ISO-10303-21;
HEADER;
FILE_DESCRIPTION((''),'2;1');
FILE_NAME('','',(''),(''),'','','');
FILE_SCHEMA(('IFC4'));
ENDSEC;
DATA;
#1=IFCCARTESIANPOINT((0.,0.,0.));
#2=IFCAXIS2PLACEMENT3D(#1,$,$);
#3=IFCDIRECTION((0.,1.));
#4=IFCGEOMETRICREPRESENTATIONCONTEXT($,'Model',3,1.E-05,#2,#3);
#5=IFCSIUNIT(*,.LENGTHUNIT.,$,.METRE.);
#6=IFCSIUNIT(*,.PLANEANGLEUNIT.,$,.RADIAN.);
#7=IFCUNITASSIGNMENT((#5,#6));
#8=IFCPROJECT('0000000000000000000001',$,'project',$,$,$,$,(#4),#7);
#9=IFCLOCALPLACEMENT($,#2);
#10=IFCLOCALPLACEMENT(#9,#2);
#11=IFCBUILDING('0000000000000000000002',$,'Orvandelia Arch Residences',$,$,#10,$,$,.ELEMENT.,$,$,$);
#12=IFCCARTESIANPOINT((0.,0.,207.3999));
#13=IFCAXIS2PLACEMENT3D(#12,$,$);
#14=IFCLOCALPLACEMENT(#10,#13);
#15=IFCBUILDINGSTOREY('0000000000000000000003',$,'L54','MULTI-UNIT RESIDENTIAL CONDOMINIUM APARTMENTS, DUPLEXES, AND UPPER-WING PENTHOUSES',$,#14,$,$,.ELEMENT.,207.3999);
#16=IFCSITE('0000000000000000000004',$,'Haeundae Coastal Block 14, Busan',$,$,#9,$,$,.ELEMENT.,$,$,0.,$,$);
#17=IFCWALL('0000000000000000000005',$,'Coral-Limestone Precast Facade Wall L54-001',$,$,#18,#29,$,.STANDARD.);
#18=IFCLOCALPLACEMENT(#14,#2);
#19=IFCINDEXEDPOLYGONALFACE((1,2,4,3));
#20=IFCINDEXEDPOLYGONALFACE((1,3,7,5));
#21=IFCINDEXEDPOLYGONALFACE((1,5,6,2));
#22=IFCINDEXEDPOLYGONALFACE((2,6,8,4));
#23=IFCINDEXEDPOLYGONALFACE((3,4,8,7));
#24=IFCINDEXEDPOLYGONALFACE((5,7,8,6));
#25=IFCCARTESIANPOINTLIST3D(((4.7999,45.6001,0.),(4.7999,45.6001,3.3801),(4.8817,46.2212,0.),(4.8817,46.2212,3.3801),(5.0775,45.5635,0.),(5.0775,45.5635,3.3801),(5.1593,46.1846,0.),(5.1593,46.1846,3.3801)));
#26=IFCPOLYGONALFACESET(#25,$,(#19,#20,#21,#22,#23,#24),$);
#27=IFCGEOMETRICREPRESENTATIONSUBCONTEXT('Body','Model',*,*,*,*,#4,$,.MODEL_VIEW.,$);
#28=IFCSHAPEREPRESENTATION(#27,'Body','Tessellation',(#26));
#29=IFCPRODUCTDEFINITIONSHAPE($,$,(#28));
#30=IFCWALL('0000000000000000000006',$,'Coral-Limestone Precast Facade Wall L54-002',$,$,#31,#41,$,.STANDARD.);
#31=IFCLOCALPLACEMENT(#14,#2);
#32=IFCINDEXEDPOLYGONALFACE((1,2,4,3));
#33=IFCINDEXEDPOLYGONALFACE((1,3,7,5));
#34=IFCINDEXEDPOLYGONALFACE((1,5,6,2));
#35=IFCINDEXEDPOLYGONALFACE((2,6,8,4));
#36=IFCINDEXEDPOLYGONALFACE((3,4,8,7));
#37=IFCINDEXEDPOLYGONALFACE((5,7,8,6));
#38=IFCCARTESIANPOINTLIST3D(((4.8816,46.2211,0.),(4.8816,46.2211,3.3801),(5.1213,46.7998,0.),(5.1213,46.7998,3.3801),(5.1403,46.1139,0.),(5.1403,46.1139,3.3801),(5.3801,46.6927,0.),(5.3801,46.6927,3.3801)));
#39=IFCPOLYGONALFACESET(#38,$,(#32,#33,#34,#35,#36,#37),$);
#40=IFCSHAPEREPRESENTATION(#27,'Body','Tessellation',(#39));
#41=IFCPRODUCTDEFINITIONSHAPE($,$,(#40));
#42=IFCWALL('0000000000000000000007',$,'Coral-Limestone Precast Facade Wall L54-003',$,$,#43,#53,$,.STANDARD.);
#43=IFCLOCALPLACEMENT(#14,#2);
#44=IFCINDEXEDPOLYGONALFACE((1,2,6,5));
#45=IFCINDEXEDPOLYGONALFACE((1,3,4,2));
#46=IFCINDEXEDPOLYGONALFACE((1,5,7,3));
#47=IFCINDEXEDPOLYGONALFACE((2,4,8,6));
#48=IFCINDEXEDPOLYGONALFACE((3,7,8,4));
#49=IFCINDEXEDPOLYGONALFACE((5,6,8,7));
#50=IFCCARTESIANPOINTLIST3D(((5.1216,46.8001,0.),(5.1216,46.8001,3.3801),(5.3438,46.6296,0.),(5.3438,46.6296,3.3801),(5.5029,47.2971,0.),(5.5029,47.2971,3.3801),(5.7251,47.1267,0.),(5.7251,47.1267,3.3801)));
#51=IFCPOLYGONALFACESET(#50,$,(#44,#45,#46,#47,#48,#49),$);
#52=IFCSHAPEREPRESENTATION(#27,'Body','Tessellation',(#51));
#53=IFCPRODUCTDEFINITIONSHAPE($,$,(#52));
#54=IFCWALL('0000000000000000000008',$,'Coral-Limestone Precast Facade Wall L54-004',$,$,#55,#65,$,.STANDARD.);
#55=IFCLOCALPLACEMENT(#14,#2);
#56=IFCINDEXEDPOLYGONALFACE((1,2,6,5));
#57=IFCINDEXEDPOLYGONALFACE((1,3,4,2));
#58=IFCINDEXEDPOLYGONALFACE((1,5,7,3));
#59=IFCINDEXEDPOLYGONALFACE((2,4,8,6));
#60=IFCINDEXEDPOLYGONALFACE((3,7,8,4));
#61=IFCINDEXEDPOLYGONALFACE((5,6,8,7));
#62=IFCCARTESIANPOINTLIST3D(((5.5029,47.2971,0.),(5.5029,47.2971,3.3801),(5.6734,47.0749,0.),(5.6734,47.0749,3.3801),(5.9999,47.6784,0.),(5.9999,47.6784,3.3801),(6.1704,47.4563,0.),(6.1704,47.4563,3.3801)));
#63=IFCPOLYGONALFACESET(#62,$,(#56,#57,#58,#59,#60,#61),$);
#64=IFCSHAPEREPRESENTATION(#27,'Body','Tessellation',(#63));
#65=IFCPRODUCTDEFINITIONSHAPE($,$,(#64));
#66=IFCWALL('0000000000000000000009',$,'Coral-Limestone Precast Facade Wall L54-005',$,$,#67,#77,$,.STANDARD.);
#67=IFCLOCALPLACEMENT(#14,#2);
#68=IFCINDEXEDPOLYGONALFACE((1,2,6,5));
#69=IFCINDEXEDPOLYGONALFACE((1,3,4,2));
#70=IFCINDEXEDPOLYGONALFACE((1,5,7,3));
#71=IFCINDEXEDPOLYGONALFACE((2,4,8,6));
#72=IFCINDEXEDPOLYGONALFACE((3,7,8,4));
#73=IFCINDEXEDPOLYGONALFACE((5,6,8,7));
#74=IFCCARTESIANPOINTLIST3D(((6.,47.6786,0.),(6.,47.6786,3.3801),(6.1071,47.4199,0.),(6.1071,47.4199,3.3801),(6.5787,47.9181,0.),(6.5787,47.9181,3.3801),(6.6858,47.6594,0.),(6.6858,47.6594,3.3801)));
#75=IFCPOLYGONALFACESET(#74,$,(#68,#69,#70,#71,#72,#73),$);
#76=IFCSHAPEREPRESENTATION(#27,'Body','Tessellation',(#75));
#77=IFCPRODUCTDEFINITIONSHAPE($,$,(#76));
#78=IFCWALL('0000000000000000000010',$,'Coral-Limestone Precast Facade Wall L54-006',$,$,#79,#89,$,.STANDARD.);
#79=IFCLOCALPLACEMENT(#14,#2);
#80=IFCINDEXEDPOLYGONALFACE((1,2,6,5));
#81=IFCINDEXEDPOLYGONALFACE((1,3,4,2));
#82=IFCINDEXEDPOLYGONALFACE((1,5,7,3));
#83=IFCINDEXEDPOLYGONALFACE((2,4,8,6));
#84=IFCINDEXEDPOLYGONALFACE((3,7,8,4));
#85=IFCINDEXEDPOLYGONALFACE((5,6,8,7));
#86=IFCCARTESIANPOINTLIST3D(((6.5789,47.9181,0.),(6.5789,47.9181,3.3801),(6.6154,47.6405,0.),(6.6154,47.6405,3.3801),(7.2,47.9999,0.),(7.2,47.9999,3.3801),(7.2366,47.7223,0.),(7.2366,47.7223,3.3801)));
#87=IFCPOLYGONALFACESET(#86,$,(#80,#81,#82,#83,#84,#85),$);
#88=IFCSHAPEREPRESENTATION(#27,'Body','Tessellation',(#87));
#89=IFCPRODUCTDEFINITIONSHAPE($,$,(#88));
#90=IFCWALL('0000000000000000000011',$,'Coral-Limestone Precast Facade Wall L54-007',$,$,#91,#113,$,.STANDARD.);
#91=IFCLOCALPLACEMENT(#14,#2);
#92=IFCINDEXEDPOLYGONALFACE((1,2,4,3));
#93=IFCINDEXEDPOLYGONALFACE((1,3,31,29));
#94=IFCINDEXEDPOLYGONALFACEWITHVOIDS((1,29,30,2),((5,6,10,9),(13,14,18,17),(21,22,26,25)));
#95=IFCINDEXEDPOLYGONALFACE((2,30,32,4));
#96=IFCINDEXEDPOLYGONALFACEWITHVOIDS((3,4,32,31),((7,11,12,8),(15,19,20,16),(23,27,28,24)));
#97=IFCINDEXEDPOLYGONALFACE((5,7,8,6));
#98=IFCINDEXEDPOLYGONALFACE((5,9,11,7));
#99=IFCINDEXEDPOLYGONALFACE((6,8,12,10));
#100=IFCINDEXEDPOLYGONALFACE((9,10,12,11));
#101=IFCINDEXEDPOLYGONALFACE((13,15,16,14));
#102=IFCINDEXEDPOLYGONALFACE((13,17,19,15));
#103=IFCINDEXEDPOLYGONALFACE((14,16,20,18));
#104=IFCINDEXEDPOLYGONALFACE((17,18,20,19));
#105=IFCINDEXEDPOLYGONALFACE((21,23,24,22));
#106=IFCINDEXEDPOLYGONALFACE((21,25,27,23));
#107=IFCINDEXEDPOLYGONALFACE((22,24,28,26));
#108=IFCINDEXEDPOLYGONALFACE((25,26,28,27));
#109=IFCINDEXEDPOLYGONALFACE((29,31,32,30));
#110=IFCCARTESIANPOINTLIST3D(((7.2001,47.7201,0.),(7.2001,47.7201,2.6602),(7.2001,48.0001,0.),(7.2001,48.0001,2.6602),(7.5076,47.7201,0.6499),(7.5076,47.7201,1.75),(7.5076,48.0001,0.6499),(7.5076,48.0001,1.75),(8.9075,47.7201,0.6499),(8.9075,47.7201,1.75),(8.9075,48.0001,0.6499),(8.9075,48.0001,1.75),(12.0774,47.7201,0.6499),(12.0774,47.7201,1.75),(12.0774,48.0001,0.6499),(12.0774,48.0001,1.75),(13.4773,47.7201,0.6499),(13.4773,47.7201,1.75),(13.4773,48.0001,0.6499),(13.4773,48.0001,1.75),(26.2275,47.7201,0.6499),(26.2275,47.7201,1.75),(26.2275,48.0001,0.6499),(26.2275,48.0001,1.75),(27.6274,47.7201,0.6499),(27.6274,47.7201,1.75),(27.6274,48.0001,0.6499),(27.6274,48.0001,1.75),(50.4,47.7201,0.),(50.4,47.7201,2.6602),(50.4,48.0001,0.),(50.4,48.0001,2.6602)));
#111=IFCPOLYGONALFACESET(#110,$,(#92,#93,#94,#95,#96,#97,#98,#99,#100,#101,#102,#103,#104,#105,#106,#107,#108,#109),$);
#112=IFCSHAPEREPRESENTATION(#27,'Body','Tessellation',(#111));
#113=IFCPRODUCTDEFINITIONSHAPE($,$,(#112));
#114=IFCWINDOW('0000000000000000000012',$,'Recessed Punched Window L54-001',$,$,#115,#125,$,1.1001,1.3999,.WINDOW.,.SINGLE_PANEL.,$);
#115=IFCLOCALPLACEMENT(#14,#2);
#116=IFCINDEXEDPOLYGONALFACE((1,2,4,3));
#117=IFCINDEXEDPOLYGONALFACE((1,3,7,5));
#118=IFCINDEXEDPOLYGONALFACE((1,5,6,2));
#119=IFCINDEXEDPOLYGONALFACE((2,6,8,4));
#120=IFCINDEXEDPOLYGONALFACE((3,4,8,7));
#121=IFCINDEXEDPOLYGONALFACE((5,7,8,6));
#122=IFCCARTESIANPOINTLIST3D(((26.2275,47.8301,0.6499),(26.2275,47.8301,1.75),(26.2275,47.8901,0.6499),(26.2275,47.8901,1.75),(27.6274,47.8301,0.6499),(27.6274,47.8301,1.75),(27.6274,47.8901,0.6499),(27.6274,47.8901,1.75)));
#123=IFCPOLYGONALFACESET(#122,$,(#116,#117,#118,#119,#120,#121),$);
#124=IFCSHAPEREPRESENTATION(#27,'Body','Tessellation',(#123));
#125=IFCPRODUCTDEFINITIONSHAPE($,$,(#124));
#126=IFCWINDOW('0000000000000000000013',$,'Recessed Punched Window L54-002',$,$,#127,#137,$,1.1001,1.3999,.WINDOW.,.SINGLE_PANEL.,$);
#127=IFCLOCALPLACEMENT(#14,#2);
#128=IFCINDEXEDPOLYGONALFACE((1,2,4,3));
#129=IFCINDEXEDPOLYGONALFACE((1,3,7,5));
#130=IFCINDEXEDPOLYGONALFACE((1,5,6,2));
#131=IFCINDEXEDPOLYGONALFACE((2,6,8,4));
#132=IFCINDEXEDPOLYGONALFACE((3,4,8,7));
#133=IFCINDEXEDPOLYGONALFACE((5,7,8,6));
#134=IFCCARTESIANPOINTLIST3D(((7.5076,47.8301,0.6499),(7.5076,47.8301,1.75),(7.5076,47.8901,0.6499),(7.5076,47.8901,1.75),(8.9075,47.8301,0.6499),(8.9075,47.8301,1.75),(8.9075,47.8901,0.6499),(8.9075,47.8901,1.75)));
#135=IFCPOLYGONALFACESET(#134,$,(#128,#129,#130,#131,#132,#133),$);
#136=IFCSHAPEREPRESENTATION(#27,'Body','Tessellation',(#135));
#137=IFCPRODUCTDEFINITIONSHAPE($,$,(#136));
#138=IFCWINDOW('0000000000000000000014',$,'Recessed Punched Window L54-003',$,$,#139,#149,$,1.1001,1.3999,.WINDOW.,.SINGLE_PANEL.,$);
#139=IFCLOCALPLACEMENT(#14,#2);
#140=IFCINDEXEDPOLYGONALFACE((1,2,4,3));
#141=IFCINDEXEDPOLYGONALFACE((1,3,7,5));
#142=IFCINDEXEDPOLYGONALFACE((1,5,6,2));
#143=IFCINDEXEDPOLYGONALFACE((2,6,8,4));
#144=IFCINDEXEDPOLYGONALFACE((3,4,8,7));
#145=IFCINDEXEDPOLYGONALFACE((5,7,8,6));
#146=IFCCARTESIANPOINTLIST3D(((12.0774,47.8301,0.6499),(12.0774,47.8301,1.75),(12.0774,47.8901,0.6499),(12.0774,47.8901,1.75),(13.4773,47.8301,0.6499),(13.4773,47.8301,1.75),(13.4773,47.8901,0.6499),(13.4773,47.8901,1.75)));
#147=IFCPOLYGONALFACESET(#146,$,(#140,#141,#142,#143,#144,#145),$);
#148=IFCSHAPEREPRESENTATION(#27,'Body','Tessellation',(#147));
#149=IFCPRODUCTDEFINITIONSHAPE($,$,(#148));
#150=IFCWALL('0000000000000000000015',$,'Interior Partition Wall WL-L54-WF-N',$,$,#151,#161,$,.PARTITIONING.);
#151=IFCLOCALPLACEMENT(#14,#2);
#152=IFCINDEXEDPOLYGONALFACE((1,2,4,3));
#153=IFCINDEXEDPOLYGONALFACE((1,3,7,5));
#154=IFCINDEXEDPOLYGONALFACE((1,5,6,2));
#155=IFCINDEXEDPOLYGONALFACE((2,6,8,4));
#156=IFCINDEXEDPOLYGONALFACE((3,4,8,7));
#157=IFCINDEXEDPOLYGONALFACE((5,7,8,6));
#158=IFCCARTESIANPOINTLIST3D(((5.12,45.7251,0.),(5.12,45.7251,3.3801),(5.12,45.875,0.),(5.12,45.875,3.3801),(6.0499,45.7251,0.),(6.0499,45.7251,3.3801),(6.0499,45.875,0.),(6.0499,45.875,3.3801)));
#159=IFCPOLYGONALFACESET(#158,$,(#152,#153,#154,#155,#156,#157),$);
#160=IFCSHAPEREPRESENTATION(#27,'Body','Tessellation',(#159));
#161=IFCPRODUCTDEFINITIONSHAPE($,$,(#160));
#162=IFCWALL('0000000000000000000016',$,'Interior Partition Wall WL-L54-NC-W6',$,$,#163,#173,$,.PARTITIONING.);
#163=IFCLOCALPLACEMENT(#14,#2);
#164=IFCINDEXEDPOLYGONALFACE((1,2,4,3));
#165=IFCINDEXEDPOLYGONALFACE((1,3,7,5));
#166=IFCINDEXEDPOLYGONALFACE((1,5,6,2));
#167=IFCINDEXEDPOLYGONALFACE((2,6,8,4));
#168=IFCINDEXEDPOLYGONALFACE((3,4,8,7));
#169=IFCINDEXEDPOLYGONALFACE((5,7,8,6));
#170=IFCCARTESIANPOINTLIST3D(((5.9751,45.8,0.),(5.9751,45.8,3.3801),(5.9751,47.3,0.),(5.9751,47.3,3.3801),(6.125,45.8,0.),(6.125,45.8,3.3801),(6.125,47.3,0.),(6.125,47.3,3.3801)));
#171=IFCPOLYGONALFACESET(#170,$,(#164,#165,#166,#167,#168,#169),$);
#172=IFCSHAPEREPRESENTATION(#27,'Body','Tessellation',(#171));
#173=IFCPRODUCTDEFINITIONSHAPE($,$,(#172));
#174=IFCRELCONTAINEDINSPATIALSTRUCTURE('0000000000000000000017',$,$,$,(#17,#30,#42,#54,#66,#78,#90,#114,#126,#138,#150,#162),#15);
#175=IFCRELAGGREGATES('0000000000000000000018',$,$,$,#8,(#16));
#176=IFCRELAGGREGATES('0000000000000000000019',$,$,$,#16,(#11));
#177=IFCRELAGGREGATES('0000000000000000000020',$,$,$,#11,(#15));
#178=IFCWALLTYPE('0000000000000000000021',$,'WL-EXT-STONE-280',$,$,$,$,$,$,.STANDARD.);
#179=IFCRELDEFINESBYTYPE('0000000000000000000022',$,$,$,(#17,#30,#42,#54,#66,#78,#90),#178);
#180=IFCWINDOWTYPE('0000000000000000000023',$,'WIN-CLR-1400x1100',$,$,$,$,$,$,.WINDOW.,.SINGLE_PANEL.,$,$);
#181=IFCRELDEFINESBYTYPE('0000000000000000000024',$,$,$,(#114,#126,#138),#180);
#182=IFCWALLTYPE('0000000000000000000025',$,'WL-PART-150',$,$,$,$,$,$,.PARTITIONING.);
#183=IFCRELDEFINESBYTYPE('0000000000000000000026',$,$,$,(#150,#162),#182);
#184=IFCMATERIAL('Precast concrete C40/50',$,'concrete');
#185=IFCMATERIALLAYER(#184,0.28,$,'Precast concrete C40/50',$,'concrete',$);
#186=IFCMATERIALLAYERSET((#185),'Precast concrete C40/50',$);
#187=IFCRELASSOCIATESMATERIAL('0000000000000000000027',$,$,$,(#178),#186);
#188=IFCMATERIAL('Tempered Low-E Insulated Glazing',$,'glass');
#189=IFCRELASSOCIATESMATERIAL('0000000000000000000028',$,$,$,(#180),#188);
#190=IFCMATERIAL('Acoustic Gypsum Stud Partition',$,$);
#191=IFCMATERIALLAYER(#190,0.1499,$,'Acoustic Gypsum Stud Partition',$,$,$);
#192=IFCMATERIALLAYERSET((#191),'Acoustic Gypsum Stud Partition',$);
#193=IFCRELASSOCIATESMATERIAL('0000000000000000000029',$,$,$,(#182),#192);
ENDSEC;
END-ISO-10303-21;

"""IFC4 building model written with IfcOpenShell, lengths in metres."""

from ifc_helpers import new_model, si_unit, direction, frame, frame_2d, origin, place, context, subcontext, project, spatial, rectangle, extrude, material, layer, layer_set, type_object, element, fill, save


model = new_model("IFC4")

# Units and contexts
model_context = context("Model", 3, precision=1e-05, world=origin(), true_north=direction((0.0, 1.0)))
body_context = subcontext(model_context, "Body", "Model", "MODEL_VIEW")
ifc_project = project(units=[si_unit("LENGTHUNIT", "METRE"), si_unit("PLANEANGLEUNIT", "RADIAN")], contexts=[model_context])

# Site, building, storey
site_placement = place(None, origin())
site = spatial("IfcSite", under=ifc_project, at=site_placement, Name="Haeundae Coastal Block 14, Busan", CompositionType="ELEMENT", RefElevation=0.0)
building_placement = place(site_placement, origin())
building = spatial("IfcBuilding", under=site, at=building_placement, Name="Orvandelia Arch Residences", CompositionType="ELEMENT")
storey_placement = place(building_placement, frame((0.0, 0.0, 207.3999)))
storey = spatial("IfcBuildingStorey", under=building, at=storey_placement, Name="L54", Description="MULTI-UNIT RESIDENTIAL CONDOMINIUM APARTMENTS, DUPLEXES, AND UPPER-WING PENTHOUSES", CompositionType="ELEMENT", Elevation=207.3999)

# Walls
ifc_material_1 = material(Name="Precast concrete C40/50", Category="concrete")
ifc_layer_1 = layer(ifc_material_1, 0.28, Name="Precast concrete C40/50", Category="concrete")
ifc_layer_set_1 = layer_set([ifc_layer_1], Name="Precast concrete C40/50")
wall_type_1 = type_object("IfcWallType", Name="WL-EXT-STONE-280", PredefinedType="STANDARD", material=ifc_layer_set_1)
for number, where, z_axis, x_axis, name in (
    (1, (4.9387, 45.5818, 0.0), (0.0, 0.0, 1.0), (0.130555, 0.991441, 0.0), "Coral-Limestone Precast Facade Wall L54-001"),
    (2, (5.011, 46.1675, 0.0), (0.0, 0.0, 1.0), (0.38265, 0.923893, 0.0), "Coral-Limestone Precast Facade Wall L54-002"),
    (3, (5.2327, 46.7148, 0.0), (0.0, 0.0, 1.0), (0.608693, 0.793406, 0.0), "Coral-Limestone Precast Facade Wall L54-003"),
    (4, (5.5881, 47.186, 0.0), (0.0, 0.0, 1.0), (0.793406, 0.608693, 0.0), "Coral-Limestone Precast Facade Wall L54-004"),
):
    element("IfcWall", number, at=place(storey_placement, frame(where, z_axis=z_axis, x_axis=x_axis)), inside=storey, type_object=wall_type_1, Name=name, PredefinedType="STANDARD", context=body_context, shape_type="SweptSolid", body=[
        extrude(rectangle(XDim=0.6265, YDim=0.28, at=frame_2d((0.3132, 0.0))), origin(), (0.0, 0.0, 1.0), 3.3801),
    ])
wall_1_placement = place(storey_placement, frame((6.0537, 47.5493, 0.0), z_axis=(0.0, 0.0, 1.0), x_axis=(0.923974, 0.382455, 0.0)))
element("IfcWall", 5, at=wall_1_placement, inside=storey, type_object=wall_type_1, Name="Coral-Limestone Precast Facade Wall L54-005", PredefinedType="STANDARD", context=body_context, shape_type="SweptSolid", body=[
    extrude(rectangle(XDim=0.6262, YDim=0.28, at=frame_2d((0.313, 0.0))), origin(), (0.0, 0.0, 1.0), 3.3801),
])
wall_2_placement = place(storey_placement, frame((6.5972, 47.7793, 0.0), z_axis=(0.0, 0.0, 1.0), x_axis=(0.991441, 0.130555, 0.0)))
element("IfcWall", 6, at=wall_2_placement, inside=storey, type_object=wall_type_1, Name="Coral-Limestone Precast Facade Wall L54-006", PredefinedType="STANDARD", context=body_context, shape_type="SweptSolid", body=[
    extrude(rectangle(XDim=0.6265, YDim=0.28, at=frame_2d((0.3132, 0.0))), origin(), (0.0, 0.0, 1.0), 3.3801),
])

# Wall, openings, windows
wall_3_placement = place(storey_placement, frame((7.2, 47.8601, 0.0), z_axis=(0.0, 0.0, 1.0), x_axis=(1.0, 0.0, 0.0)))
wall_3 = element("IfcWall", 7, at=wall_3_placement, inside=storey, type_object=wall_type_1, Name="Coral-Limestone Precast Facade Wall L54-007", PredefinedType="STANDARD", context=body_context, shape_type="SweptSolid", body=[
    extrude(rectangle(XDim=43.2, YDim=0.28, at=frame_2d((21.6001, 0.0))), origin(), (0.0, 0.0, 1.0), 2.6602),
])
opening_1_placement = place(wall_3_placement, frame((19.0276, 0.0, 0.6499)))
opening_1 = element("IfcOpeningElement", 8, at=opening_1_placement, cuts=wall_3, PredefinedType="OPENING", context=body_context, shape_type="SweptSolid", body=[
    extrude(rectangle(XDim=1.3999, YDim=1.1001, at=frame_2d((0.7, 0.55))), frame((0.0, 0.1499, 0.0), z_axis=(0.0, -1.0, 0.0), x_axis=(1.0, 0.0, 0.0)), (0.0, 0.0, 1.0), 0.3),
])
opening_2_placement = place(wall_3_placement, frame((0.3076, 0.0, 0.6499)))
opening_2 = element("IfcOpeningElement", 9, at=opening_2_placement, cuts=wall_3, PredefinedType="OPENING", context=body_context, shape_type="SweptSolid", body=[
    extrude(rectangle(XDim=1.3999, YDim=1.1001, at=frame_2d((0.7, 0.55))), frame((0.0, 0.1499, 0.0), z_axis=(0.0, -1.0, 0.0), x_axis=(1.0, 0.0, 0.0)), (0.0, 0.0, 1.0), 0.3),
])
opening_3_placement = place(wall_3_placement, frame((4.8774, 0.0, 0.6499)))
opening_3 = element("IfcOpeningElement", 10, at=opening_3_placement, cuts=wall_3, PredefinedType="OPENING", context=body_context, shape_type="SweptSolid", body=[
    extrude(rectangle(XDim=1.3999, YDim=1.1001, at=frame_2d((0.7, 0.55))), frame((0.0, 0.1499, 0.0), z_axis=(0.0, -1.0, 0.0), x_axis=(1.0, 0.0, 0.0)), (0.0, 0.0, 1.0), 0.3),
])
ifc_material_2 = material(Name="Tempered Low-E Insulated Glazing", Category="glass")
window_type = type_object("IfcWindowType", Name="WIN-CLR-1400x1100", PartitioningType="SINGLE_PANEL", PredefinedType="WINDOW", material=ifc_material_2)
window_1_placement = place(opening_1_placement, origin())
window_1 = element("IfcWindow", 11, at=window_1_placement, inside=storey, type_object=window_type, Name="Recessed Punched Window L54-001", OverallHeight=1.1001, OverallWidth=1.3999, PartitioningType="SINGLE_PANEL", PredefinedType="WINDOW", context=body_context, shape_type="SweptSolid", body=[
    extrude(rectangle(XDim=1.3999, YDim=1.1001, at=frame_2d((0.7, 0.55))), frame((0.0, 0.03, 0.0), z_axis=(0.0, -1.0, 0.0), x_axis=(1.0, 0.0, 0.0)), (0.0, 0.0, 1.0), 0.0601),
])
fill(opening_1, window_1)
window_2_placement = place(opening_2_placement, origin())
window_2 = element("IfcWindow", 12, at=window_2_placement, inside=storey, type_object=window_type, Name="Recessed Punched Window L54-002", OverallHeight=1.1001, OverallWidth=1.3999, PartitioningType="SINGLE_PANEL", PredefinedType="WINDOW", context=body_context, shape_type="SweptSolid", body=[
    extrude(rectangle(XDim=1.3999, YDim=1.1001, at=frame_2d((0.7, 0.55))), frame((0.0, 0.03, 0.0), z_axis=(0.0, -1.0, 0.0), x_axis=(1.0, 0.0, 0.0)), (0.0, 0.0, 1.0), 0.0601),
])
fill(opening_2, window_2)
window_3_placement = place(opening_3_placement, origin())
window_3 = element("IfcWindow", 13, at=window_3_placement, inside=storey, type_object=window_type, Name="Recessed Punched Window L54-003", OverallHeight=1.1001, OverallWidth=1.3999, PartitioningType="SINGLE_PANEL", PredefinedType="WINDOW", context=body_context, shape_type="SweptSolid", body=[
    extrude(rectangle(XDim=1.3999, YDim=1.1001, at=frame_2d((0.7, 0.55))), frame((0.0, 0.03, 0.0), z_axis=(0.0, -1.0, 0.0), x_axis=(1.0, 0.0, 0.0)), (0.0, 0.0, 1.0), 0.0601),
])
fill(opening_3, window_3)

# Walls
ifc_material_3 = material(Name="Acoustic Gypsum Stud Partition")
ifc_layer_2 = layer(ifc_material_3, 0.1499, Name="Acoustic Gypsum Stud Partition")
ifc_layer_set_2 = layer_set([ifc_layer_2], Name="Acoustic Gypsum Stud Partition")
wall_type_2 = type_object("IfcWallType", Name="WL-PART-150", PredefinedType="PARTITIONING", material=ifc_layer_set_2)
wall_4_placement = place(storey_placement, frame((5.1201, 45.8, 0.0), z_axis=(0.0, 0.0, 1.0), x_axis=(1.0, 0.0, 0.0)))
element("IfcWall", 14, at=wall_4_placement, inside=storey, type_object=wall_type_2, Name="Interior Partition Wall WL-L54-WF-N", PredefinedType="PARTITIONING", context=body_context, shape_type="SweptSolid", body=[
    extrude(rectangle(XDim=0.9299, YDim=0.1499, at=frame_2d((0.4648, 0.0))), origin(), (0.0, 0.0, 1.0), 3.3801),
])
wall_5_placement = place(storey_placement, frame((6.05, 45.8, 0.0), z_axis=(0.0, 0.0, 1.0), x_axis=(0.0, 1.0, 0.0)))
element("IfcWall", 15, at=wall_5_placement, inside=storey, type_object=wall_type_2, Name="Interior Partition Wall WL-L54-NC-W6", PredefinedType="PARTITIONING", context=body_context, shape_type="SweptSolid", body=[
    extrude(rectangle(XDim=1.5, YDim=0.1499, at=frame_2d((0.75, 0.0))), origin(), (0.0, 0.0, 1.0), 3.3801),
])

save(model, "model.ifc")
